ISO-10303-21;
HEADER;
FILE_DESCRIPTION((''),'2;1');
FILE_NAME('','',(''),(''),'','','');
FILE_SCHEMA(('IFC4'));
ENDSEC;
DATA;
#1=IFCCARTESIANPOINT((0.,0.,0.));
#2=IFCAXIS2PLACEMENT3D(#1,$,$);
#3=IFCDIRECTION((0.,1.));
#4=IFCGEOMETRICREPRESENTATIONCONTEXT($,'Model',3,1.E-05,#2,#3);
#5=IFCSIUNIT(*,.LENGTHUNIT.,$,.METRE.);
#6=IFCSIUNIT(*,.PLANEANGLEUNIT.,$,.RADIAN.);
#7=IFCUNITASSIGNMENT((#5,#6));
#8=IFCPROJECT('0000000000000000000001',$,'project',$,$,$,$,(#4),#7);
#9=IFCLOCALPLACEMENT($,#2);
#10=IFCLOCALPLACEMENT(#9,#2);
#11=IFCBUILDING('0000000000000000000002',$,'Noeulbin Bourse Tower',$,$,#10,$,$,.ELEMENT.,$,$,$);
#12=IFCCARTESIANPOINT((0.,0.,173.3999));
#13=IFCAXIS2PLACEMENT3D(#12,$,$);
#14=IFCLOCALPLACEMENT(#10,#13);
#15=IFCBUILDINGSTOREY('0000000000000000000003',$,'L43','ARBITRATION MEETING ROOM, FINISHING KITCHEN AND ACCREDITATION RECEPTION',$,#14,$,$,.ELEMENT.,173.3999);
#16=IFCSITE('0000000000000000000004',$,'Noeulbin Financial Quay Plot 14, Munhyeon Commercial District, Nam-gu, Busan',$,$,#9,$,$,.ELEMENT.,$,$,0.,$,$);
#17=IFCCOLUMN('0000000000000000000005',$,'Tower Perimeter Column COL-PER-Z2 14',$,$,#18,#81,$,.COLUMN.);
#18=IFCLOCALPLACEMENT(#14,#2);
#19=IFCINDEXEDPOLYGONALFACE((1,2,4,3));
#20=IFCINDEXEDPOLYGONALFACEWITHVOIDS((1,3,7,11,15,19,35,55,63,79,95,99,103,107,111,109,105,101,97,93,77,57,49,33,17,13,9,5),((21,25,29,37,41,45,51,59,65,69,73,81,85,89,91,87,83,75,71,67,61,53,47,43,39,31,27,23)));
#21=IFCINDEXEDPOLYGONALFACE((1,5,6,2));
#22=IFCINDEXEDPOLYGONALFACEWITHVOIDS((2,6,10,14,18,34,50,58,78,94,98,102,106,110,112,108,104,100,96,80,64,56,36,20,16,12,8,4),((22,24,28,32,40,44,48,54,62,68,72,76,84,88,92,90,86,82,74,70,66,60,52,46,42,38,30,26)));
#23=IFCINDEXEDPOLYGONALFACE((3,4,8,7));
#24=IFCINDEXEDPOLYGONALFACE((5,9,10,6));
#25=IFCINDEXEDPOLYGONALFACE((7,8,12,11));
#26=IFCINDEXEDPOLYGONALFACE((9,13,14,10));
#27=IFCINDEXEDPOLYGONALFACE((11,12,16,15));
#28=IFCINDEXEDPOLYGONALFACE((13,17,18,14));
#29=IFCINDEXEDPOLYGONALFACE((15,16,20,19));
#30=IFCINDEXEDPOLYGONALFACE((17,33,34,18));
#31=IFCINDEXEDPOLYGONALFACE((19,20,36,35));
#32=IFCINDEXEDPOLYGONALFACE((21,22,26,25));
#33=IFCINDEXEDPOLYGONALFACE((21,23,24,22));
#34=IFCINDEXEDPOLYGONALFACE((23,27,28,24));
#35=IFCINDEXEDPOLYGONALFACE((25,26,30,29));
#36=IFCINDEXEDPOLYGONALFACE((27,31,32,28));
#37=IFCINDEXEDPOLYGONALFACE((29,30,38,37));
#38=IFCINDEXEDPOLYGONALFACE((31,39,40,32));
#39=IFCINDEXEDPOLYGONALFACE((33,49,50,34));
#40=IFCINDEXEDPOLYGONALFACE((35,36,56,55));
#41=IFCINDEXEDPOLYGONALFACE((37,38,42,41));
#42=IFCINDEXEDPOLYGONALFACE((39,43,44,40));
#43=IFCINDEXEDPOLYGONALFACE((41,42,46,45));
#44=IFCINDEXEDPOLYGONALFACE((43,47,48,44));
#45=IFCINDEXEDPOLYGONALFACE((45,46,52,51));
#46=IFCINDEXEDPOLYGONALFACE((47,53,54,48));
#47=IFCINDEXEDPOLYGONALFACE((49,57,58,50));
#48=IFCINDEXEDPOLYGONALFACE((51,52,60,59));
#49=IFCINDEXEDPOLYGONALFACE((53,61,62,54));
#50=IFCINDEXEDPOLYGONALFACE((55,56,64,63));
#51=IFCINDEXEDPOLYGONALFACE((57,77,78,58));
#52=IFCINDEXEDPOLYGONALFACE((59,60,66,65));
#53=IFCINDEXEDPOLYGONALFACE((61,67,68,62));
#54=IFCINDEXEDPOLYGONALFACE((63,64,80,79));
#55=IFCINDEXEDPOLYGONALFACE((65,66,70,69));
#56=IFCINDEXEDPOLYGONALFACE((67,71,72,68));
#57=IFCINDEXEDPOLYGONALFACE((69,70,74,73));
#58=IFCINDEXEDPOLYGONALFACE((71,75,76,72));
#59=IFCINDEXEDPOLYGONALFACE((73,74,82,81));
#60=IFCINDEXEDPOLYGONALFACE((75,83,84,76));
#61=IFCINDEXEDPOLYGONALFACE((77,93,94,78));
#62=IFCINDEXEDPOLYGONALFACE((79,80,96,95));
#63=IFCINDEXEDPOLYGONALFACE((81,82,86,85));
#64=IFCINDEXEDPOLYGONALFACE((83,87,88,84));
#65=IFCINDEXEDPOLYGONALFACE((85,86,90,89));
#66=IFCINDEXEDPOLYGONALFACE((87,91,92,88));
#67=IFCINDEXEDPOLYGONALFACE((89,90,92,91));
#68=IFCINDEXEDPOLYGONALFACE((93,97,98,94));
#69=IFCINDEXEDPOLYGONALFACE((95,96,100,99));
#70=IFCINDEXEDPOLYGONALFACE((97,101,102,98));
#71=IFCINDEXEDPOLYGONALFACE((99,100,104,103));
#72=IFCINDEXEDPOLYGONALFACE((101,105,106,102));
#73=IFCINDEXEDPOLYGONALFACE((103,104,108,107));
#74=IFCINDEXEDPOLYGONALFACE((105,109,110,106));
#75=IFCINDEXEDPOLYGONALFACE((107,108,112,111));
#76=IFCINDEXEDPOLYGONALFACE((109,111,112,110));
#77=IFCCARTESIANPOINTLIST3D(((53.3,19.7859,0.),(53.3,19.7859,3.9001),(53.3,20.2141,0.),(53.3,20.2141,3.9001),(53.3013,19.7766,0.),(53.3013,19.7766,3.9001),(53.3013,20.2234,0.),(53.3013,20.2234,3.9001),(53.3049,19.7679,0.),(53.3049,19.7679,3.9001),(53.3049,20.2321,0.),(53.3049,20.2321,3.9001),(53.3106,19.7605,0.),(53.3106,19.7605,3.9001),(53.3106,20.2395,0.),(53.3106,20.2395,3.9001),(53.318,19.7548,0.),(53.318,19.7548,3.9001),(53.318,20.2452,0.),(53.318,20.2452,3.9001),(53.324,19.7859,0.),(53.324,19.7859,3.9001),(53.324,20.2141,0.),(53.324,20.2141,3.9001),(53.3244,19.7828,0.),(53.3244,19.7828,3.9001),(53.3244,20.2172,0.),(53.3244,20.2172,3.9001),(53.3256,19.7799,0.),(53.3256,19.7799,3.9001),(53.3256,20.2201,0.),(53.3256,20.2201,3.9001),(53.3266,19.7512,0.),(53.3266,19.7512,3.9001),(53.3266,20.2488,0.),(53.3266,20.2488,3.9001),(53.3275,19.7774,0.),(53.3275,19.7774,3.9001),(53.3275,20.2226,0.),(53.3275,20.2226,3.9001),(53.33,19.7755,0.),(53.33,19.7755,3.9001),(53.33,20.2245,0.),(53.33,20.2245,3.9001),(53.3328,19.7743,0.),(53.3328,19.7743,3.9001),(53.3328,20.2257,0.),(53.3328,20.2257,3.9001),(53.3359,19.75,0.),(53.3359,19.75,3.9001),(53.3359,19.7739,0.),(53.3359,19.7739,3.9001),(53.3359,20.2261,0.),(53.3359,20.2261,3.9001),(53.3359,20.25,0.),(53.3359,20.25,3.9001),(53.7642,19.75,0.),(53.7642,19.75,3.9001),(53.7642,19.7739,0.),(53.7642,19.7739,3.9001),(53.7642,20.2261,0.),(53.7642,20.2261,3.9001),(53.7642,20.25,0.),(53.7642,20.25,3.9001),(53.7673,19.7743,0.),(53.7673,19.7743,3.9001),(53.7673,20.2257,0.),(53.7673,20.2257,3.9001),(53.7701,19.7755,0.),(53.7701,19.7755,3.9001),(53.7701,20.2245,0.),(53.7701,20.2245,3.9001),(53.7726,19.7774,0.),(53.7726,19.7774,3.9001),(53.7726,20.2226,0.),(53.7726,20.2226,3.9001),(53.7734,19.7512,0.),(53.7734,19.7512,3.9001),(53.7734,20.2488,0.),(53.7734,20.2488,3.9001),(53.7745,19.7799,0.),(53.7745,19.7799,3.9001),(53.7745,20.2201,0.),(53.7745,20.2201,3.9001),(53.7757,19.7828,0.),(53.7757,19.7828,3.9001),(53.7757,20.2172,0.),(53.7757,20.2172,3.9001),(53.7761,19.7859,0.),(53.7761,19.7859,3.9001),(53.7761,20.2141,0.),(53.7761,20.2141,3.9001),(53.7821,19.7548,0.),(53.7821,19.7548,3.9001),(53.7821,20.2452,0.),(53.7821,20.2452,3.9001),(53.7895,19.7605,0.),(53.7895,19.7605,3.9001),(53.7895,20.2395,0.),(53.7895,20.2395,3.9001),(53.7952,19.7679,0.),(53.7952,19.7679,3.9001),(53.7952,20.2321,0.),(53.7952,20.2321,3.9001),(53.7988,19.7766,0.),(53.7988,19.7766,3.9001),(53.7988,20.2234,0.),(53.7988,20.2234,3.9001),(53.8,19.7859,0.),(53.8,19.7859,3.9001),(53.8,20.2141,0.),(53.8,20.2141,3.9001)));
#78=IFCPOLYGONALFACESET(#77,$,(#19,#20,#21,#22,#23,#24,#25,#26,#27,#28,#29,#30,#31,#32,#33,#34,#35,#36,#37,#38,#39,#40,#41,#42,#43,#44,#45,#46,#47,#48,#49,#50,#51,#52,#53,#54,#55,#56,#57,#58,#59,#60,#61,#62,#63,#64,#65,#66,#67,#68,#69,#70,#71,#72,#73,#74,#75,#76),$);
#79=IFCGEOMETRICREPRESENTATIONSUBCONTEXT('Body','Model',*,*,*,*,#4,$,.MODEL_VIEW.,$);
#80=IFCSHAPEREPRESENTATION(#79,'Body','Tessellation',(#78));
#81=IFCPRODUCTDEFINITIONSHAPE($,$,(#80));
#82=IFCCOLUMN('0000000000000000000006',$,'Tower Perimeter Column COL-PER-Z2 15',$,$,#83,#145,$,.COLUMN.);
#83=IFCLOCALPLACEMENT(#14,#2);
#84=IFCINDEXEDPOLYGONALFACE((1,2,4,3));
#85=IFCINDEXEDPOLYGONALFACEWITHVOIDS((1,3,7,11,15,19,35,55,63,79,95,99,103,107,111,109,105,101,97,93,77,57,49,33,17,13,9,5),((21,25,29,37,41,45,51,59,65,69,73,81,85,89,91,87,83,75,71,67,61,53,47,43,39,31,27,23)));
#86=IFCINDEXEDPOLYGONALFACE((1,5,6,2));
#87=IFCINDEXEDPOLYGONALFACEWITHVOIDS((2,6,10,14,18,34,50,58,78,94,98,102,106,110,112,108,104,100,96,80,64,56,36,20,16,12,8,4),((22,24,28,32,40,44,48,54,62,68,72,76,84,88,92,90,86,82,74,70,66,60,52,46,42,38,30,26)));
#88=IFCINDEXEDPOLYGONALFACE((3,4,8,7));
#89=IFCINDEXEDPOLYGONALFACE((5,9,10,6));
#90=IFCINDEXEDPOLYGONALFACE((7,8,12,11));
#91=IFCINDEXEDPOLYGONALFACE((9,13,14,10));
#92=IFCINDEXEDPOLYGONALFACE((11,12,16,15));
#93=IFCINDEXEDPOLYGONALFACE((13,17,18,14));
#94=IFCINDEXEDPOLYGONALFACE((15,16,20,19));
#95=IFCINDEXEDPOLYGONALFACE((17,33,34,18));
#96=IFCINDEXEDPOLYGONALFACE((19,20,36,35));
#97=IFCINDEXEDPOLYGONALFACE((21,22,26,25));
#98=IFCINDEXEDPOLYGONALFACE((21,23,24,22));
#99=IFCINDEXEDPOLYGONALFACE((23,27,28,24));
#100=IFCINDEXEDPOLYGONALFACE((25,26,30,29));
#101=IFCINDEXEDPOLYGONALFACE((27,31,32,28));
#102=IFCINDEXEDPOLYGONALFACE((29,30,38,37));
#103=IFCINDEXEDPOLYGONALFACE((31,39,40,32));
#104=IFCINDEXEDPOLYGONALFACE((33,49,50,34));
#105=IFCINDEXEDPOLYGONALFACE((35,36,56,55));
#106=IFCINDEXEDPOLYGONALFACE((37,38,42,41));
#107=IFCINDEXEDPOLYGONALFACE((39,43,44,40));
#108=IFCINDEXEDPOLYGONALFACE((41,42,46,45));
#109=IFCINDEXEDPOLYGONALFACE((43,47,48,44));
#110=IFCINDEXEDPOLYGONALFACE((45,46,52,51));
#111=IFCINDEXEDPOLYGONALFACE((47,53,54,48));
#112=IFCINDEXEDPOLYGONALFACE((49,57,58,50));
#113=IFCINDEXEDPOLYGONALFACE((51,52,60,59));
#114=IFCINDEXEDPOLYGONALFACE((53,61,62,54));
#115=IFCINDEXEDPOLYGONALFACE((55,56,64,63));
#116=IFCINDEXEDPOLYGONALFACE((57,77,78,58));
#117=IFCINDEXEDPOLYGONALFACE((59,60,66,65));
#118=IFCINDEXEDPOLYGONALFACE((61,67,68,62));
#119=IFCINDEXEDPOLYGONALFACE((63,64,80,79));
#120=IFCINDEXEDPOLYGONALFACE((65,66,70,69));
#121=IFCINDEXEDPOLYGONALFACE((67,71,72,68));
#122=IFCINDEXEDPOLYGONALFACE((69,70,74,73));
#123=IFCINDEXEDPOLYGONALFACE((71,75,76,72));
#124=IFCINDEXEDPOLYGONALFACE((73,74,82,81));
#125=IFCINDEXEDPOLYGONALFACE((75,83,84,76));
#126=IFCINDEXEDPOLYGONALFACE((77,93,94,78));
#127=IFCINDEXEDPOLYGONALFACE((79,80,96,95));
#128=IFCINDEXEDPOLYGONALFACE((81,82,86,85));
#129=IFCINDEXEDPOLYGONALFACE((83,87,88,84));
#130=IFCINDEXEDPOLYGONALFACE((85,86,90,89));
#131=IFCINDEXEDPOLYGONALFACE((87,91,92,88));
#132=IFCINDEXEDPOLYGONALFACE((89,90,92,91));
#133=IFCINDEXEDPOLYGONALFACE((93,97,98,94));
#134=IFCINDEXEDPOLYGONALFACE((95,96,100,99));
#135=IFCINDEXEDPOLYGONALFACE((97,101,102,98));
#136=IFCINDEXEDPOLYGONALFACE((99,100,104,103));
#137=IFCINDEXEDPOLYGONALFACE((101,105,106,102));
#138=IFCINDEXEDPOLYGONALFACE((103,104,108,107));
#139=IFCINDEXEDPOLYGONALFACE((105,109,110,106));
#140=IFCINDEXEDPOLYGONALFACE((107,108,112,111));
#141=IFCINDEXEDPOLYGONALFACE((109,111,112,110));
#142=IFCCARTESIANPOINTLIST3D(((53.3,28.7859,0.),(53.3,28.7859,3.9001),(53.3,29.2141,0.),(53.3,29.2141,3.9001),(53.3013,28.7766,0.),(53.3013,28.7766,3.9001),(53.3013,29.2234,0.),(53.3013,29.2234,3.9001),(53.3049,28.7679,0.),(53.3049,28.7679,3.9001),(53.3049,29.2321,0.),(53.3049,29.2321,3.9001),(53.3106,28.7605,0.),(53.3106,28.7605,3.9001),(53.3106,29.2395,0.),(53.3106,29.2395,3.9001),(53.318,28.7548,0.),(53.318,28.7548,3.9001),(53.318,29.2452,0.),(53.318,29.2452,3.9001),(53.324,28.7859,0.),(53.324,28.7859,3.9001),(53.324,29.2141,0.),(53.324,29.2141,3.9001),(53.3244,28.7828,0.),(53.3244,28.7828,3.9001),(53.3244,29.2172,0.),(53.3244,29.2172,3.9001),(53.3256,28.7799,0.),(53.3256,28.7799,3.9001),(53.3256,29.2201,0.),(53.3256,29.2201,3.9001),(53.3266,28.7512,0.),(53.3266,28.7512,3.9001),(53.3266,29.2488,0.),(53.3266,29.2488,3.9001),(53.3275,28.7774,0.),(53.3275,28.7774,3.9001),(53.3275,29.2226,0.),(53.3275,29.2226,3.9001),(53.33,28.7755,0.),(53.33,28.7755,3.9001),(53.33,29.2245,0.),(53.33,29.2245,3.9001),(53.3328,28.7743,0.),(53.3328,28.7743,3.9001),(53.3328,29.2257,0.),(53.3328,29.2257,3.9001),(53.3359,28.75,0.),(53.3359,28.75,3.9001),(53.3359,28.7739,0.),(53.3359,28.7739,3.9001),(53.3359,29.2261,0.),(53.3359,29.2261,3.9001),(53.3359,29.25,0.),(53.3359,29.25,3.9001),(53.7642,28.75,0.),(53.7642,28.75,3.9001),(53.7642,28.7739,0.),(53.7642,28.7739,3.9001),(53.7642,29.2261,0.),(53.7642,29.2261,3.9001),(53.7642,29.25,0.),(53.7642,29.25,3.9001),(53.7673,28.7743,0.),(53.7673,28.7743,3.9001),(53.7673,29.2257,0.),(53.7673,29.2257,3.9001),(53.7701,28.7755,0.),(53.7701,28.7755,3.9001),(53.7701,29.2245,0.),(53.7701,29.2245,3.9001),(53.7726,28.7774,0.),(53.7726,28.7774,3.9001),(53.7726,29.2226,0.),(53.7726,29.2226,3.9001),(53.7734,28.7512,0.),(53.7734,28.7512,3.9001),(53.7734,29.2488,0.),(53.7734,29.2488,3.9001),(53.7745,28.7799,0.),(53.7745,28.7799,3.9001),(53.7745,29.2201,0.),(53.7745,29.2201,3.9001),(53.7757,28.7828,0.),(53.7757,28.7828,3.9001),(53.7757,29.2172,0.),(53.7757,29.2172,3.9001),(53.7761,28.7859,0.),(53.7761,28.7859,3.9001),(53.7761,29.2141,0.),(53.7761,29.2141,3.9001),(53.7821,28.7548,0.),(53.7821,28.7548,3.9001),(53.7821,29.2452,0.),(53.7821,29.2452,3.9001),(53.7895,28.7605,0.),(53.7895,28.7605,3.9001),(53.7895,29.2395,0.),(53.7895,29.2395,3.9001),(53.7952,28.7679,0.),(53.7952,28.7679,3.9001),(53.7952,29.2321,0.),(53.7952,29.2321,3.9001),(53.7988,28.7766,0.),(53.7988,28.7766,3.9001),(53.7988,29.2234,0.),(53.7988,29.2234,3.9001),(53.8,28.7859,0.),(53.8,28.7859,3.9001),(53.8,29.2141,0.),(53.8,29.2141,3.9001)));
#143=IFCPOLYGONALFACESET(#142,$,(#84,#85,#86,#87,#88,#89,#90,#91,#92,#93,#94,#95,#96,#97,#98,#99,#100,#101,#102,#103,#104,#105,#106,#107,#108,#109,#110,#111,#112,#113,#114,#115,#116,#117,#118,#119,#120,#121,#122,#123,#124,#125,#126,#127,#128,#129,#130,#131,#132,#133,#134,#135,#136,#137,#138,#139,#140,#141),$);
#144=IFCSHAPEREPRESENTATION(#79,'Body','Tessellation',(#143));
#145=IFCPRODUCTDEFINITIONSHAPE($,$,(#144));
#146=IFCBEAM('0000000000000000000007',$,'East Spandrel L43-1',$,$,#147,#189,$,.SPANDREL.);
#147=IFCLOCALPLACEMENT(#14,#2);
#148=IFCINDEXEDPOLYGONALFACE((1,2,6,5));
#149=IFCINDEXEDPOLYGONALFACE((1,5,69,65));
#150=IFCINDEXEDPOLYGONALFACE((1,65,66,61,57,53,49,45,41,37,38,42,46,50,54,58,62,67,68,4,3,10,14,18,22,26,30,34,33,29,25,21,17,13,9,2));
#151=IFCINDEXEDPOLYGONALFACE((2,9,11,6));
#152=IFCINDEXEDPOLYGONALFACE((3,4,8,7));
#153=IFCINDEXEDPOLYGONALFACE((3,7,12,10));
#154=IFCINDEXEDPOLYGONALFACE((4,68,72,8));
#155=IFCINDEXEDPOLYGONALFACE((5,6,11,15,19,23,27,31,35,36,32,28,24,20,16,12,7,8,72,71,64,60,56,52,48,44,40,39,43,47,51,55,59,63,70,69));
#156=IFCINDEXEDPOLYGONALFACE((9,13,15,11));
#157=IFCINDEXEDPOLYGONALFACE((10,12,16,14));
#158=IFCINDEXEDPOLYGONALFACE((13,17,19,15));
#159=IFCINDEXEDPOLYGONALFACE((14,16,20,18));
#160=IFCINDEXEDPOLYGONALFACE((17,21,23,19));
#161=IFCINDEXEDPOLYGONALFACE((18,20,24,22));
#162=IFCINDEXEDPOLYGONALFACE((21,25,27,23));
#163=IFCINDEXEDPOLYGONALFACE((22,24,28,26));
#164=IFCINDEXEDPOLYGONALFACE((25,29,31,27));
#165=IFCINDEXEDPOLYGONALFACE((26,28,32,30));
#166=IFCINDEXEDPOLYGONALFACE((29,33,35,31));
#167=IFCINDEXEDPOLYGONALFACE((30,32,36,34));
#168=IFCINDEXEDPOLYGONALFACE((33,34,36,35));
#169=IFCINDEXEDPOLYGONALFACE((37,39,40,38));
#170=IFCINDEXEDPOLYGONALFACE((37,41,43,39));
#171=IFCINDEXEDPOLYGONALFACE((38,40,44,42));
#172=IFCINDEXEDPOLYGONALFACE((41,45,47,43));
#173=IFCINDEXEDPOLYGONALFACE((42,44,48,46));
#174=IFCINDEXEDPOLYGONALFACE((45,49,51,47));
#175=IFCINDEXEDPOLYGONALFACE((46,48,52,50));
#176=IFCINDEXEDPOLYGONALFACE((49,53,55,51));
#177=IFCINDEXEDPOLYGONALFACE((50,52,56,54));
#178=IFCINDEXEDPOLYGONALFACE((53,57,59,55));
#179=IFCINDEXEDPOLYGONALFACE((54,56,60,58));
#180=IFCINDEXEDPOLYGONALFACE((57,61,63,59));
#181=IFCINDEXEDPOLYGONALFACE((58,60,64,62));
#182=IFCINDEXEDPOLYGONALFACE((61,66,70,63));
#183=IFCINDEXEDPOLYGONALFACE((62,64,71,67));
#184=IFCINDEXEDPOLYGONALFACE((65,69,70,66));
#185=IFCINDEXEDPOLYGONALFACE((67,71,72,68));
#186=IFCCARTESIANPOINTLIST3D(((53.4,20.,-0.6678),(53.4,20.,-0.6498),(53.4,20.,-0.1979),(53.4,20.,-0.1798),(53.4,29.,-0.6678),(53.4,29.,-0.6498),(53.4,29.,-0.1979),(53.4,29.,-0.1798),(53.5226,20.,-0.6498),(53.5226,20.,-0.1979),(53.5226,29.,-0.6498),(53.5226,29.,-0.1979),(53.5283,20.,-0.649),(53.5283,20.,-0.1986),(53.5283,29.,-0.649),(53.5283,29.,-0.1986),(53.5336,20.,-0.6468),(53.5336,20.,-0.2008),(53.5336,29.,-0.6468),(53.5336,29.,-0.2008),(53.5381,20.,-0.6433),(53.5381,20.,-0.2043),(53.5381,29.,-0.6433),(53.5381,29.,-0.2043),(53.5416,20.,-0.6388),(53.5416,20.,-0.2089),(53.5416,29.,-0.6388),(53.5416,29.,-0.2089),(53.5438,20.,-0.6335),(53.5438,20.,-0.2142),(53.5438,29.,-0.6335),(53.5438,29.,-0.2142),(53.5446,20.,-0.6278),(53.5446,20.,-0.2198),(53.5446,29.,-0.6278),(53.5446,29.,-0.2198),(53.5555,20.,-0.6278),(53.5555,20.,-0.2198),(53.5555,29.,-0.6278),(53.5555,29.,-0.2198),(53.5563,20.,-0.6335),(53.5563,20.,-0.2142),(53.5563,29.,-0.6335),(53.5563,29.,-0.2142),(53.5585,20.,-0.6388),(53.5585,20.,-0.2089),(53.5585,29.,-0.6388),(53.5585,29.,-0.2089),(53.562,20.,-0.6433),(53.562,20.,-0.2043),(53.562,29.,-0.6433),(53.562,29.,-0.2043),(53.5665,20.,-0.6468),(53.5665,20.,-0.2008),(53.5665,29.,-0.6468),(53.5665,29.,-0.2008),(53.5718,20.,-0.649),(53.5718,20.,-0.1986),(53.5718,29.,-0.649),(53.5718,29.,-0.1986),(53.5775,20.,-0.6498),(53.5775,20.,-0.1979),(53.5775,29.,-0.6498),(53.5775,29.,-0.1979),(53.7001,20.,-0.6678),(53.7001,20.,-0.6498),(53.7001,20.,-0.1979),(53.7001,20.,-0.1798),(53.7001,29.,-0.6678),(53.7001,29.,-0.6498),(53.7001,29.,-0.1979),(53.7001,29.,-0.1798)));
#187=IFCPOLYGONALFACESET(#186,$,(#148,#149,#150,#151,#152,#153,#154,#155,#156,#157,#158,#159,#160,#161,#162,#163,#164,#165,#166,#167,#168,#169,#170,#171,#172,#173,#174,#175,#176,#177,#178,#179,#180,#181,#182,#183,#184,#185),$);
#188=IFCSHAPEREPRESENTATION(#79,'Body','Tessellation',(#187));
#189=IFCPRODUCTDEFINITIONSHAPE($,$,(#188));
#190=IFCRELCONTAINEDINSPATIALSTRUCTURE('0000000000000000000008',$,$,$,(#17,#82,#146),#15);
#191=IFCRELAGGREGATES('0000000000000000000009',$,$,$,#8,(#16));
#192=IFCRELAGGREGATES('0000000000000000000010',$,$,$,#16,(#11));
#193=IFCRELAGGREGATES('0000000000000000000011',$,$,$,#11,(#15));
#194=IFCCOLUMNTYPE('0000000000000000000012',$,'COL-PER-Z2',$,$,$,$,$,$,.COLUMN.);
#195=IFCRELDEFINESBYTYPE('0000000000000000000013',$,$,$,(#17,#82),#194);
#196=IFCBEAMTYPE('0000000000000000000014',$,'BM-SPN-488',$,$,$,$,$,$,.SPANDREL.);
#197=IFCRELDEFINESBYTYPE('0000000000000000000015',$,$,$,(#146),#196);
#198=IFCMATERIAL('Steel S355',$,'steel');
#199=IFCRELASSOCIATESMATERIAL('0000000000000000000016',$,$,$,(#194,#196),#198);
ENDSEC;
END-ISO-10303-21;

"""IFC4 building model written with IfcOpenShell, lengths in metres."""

from ifc_helpers import new_model, si_unit, direction, frame, origin, origin_2d, place, context, subcontext, project, spatial, hollow_rectangle, i_section, extrude, material, material_profile, profile_set, type_object, element, save


model = new_model("IFC4")

# Units and contexts
model_context = context("Model", 3, precision=1e-05, world=origin(), true_north=direction((0.0, 1.0)))
body_context = subcontext(model_context, "Body", "Model", "MODEL_VIEW")
ifc_project = project(units=[si_unit("LENGTHUNIT", "METRE"), si_unit("PLANEANGLEUNIT", "RADIAN")], contexts=[model_context])

# Site, building, storey
site_placement = place(None, origin())
site = spatial("IfcSite", under=ifc_project, at=site_placement, Name="Noeulbin Financial Quay Plot 14, Munhyeon Commercial District, Nam-gu, Busan", CompositionType="ELEMENT", RefElevation=0.0)
building_placement = place(site_placement, origin())
building = spatial("IfcBuilding", under=site, at=building_placement, Name="Noeulbin Bourse Tower", CompositionType="ELEMENT")
storey_placement = place(building_placement, frame((0.0, 0.0, 173.3999)))
storey = spatial("IfcBuildingStorey", under=building, at=storey_placement, Name="L43", Description="ARBITRATION MEETING ROOM, FINISHING KITCHEN AND ACCREDITATION RECEPTION", CompositionType="ELEMENT", Elevation=173.3999)

# Columns
ifc_material_1 = material(Name="Steel S355", Category="steel")
ifc_material_profile_1 = material_profile(ifc_material_1, hollow_rectangle(XDim=0.5, YDim=0.5, WallThickness=0.0239, InnerFilletRadius=0.012, OuterFilletRadius=0.0359, at=origin_2d()), Name="BOX-500x500x24", Category="LoadBearing")
ifc_profile_set_1 = profile_set([ifc_material_profile_1], Name="Steel S355")
column_type = type_object("IfcColumnType", Name="COL-PER-Z2", PredefinedType="COLUMN", material=ifc_profile_set_1)
for number, where, z_axis, x_axis, name in (
    (1, (53.55, 20.0, 0.0), (0.0, 0.0, 1.0), (1.0, 0.0, 0.0), "Tower Perimeter Column COL-PER-Z2 14"),
    (2, (53.55, 29.0, 0.0), (0.0, 0.0, 1.0), (1.0, 0.0, 0.0), "Tower Perimeter Column COL-PER-Z2 15"),
):
    element("IfcColumn", number, at=place(storey_placement, frame(where, z_axis=z_axis, x_axis=x_axis)), inside=storey, type_object=column_type, Name=name, PredefinedType="COLUMN", context=body_context, shape_type="SweptSolid", body=[
        extrude(hollow_rectangle(XDim=0.5, YDim=0.5, WallThickness=0.0239, InnerFilletRadius=0.012, OuterFilletRadius=0.0359, at=origin_2d()), origin(), (0.0, 0.0, 1.0), 3.9001),
    ])

# Beam
ifc_material_profile_2 = material_profile(ifc_material_1, i_section(OverallWidth=0.3, OverallDepth=0.488, WebThickness=0.011, FlangeThickness=0.0181, FilletRadius=0.022, at=origin_2d()), Name="H-488x300x11x18", Category="LoadBearing")
ifc_profile_set_2 = profile_set([ifc_material_profile_2], Name="Steel S355")
beam_type = type_object("IfcBeamType", Name="BM-SPN-488", PredefinedType="SPANDREL", material=ifc_profile_set_2)
beam_1_placement = place(storey_placement, frame((53.55, 20.0, -0.4238), z_axis=(0.0, 1.0, 0.0), x_axis=(-1.0, 0.0, 0.0)))
element("IfcBeam", 3, at=beam_1_placement, inside=storey, type_object=beam_type, Name="East Spandrel L43-1", PredefinedType="SPANDREL", context=body_context, shape_type="SweptSolid", body=[
    extrude(i_section(OverallWidth=0.3, OverallDepth=0.488, WebThickness=0.011, FlangeThickness=0.0181, FilletRadius=0.022, at=origin_2d()), origin(), (0.0, 0.0, 1.0), 9.0),
])

save(model, "model.ifc")
